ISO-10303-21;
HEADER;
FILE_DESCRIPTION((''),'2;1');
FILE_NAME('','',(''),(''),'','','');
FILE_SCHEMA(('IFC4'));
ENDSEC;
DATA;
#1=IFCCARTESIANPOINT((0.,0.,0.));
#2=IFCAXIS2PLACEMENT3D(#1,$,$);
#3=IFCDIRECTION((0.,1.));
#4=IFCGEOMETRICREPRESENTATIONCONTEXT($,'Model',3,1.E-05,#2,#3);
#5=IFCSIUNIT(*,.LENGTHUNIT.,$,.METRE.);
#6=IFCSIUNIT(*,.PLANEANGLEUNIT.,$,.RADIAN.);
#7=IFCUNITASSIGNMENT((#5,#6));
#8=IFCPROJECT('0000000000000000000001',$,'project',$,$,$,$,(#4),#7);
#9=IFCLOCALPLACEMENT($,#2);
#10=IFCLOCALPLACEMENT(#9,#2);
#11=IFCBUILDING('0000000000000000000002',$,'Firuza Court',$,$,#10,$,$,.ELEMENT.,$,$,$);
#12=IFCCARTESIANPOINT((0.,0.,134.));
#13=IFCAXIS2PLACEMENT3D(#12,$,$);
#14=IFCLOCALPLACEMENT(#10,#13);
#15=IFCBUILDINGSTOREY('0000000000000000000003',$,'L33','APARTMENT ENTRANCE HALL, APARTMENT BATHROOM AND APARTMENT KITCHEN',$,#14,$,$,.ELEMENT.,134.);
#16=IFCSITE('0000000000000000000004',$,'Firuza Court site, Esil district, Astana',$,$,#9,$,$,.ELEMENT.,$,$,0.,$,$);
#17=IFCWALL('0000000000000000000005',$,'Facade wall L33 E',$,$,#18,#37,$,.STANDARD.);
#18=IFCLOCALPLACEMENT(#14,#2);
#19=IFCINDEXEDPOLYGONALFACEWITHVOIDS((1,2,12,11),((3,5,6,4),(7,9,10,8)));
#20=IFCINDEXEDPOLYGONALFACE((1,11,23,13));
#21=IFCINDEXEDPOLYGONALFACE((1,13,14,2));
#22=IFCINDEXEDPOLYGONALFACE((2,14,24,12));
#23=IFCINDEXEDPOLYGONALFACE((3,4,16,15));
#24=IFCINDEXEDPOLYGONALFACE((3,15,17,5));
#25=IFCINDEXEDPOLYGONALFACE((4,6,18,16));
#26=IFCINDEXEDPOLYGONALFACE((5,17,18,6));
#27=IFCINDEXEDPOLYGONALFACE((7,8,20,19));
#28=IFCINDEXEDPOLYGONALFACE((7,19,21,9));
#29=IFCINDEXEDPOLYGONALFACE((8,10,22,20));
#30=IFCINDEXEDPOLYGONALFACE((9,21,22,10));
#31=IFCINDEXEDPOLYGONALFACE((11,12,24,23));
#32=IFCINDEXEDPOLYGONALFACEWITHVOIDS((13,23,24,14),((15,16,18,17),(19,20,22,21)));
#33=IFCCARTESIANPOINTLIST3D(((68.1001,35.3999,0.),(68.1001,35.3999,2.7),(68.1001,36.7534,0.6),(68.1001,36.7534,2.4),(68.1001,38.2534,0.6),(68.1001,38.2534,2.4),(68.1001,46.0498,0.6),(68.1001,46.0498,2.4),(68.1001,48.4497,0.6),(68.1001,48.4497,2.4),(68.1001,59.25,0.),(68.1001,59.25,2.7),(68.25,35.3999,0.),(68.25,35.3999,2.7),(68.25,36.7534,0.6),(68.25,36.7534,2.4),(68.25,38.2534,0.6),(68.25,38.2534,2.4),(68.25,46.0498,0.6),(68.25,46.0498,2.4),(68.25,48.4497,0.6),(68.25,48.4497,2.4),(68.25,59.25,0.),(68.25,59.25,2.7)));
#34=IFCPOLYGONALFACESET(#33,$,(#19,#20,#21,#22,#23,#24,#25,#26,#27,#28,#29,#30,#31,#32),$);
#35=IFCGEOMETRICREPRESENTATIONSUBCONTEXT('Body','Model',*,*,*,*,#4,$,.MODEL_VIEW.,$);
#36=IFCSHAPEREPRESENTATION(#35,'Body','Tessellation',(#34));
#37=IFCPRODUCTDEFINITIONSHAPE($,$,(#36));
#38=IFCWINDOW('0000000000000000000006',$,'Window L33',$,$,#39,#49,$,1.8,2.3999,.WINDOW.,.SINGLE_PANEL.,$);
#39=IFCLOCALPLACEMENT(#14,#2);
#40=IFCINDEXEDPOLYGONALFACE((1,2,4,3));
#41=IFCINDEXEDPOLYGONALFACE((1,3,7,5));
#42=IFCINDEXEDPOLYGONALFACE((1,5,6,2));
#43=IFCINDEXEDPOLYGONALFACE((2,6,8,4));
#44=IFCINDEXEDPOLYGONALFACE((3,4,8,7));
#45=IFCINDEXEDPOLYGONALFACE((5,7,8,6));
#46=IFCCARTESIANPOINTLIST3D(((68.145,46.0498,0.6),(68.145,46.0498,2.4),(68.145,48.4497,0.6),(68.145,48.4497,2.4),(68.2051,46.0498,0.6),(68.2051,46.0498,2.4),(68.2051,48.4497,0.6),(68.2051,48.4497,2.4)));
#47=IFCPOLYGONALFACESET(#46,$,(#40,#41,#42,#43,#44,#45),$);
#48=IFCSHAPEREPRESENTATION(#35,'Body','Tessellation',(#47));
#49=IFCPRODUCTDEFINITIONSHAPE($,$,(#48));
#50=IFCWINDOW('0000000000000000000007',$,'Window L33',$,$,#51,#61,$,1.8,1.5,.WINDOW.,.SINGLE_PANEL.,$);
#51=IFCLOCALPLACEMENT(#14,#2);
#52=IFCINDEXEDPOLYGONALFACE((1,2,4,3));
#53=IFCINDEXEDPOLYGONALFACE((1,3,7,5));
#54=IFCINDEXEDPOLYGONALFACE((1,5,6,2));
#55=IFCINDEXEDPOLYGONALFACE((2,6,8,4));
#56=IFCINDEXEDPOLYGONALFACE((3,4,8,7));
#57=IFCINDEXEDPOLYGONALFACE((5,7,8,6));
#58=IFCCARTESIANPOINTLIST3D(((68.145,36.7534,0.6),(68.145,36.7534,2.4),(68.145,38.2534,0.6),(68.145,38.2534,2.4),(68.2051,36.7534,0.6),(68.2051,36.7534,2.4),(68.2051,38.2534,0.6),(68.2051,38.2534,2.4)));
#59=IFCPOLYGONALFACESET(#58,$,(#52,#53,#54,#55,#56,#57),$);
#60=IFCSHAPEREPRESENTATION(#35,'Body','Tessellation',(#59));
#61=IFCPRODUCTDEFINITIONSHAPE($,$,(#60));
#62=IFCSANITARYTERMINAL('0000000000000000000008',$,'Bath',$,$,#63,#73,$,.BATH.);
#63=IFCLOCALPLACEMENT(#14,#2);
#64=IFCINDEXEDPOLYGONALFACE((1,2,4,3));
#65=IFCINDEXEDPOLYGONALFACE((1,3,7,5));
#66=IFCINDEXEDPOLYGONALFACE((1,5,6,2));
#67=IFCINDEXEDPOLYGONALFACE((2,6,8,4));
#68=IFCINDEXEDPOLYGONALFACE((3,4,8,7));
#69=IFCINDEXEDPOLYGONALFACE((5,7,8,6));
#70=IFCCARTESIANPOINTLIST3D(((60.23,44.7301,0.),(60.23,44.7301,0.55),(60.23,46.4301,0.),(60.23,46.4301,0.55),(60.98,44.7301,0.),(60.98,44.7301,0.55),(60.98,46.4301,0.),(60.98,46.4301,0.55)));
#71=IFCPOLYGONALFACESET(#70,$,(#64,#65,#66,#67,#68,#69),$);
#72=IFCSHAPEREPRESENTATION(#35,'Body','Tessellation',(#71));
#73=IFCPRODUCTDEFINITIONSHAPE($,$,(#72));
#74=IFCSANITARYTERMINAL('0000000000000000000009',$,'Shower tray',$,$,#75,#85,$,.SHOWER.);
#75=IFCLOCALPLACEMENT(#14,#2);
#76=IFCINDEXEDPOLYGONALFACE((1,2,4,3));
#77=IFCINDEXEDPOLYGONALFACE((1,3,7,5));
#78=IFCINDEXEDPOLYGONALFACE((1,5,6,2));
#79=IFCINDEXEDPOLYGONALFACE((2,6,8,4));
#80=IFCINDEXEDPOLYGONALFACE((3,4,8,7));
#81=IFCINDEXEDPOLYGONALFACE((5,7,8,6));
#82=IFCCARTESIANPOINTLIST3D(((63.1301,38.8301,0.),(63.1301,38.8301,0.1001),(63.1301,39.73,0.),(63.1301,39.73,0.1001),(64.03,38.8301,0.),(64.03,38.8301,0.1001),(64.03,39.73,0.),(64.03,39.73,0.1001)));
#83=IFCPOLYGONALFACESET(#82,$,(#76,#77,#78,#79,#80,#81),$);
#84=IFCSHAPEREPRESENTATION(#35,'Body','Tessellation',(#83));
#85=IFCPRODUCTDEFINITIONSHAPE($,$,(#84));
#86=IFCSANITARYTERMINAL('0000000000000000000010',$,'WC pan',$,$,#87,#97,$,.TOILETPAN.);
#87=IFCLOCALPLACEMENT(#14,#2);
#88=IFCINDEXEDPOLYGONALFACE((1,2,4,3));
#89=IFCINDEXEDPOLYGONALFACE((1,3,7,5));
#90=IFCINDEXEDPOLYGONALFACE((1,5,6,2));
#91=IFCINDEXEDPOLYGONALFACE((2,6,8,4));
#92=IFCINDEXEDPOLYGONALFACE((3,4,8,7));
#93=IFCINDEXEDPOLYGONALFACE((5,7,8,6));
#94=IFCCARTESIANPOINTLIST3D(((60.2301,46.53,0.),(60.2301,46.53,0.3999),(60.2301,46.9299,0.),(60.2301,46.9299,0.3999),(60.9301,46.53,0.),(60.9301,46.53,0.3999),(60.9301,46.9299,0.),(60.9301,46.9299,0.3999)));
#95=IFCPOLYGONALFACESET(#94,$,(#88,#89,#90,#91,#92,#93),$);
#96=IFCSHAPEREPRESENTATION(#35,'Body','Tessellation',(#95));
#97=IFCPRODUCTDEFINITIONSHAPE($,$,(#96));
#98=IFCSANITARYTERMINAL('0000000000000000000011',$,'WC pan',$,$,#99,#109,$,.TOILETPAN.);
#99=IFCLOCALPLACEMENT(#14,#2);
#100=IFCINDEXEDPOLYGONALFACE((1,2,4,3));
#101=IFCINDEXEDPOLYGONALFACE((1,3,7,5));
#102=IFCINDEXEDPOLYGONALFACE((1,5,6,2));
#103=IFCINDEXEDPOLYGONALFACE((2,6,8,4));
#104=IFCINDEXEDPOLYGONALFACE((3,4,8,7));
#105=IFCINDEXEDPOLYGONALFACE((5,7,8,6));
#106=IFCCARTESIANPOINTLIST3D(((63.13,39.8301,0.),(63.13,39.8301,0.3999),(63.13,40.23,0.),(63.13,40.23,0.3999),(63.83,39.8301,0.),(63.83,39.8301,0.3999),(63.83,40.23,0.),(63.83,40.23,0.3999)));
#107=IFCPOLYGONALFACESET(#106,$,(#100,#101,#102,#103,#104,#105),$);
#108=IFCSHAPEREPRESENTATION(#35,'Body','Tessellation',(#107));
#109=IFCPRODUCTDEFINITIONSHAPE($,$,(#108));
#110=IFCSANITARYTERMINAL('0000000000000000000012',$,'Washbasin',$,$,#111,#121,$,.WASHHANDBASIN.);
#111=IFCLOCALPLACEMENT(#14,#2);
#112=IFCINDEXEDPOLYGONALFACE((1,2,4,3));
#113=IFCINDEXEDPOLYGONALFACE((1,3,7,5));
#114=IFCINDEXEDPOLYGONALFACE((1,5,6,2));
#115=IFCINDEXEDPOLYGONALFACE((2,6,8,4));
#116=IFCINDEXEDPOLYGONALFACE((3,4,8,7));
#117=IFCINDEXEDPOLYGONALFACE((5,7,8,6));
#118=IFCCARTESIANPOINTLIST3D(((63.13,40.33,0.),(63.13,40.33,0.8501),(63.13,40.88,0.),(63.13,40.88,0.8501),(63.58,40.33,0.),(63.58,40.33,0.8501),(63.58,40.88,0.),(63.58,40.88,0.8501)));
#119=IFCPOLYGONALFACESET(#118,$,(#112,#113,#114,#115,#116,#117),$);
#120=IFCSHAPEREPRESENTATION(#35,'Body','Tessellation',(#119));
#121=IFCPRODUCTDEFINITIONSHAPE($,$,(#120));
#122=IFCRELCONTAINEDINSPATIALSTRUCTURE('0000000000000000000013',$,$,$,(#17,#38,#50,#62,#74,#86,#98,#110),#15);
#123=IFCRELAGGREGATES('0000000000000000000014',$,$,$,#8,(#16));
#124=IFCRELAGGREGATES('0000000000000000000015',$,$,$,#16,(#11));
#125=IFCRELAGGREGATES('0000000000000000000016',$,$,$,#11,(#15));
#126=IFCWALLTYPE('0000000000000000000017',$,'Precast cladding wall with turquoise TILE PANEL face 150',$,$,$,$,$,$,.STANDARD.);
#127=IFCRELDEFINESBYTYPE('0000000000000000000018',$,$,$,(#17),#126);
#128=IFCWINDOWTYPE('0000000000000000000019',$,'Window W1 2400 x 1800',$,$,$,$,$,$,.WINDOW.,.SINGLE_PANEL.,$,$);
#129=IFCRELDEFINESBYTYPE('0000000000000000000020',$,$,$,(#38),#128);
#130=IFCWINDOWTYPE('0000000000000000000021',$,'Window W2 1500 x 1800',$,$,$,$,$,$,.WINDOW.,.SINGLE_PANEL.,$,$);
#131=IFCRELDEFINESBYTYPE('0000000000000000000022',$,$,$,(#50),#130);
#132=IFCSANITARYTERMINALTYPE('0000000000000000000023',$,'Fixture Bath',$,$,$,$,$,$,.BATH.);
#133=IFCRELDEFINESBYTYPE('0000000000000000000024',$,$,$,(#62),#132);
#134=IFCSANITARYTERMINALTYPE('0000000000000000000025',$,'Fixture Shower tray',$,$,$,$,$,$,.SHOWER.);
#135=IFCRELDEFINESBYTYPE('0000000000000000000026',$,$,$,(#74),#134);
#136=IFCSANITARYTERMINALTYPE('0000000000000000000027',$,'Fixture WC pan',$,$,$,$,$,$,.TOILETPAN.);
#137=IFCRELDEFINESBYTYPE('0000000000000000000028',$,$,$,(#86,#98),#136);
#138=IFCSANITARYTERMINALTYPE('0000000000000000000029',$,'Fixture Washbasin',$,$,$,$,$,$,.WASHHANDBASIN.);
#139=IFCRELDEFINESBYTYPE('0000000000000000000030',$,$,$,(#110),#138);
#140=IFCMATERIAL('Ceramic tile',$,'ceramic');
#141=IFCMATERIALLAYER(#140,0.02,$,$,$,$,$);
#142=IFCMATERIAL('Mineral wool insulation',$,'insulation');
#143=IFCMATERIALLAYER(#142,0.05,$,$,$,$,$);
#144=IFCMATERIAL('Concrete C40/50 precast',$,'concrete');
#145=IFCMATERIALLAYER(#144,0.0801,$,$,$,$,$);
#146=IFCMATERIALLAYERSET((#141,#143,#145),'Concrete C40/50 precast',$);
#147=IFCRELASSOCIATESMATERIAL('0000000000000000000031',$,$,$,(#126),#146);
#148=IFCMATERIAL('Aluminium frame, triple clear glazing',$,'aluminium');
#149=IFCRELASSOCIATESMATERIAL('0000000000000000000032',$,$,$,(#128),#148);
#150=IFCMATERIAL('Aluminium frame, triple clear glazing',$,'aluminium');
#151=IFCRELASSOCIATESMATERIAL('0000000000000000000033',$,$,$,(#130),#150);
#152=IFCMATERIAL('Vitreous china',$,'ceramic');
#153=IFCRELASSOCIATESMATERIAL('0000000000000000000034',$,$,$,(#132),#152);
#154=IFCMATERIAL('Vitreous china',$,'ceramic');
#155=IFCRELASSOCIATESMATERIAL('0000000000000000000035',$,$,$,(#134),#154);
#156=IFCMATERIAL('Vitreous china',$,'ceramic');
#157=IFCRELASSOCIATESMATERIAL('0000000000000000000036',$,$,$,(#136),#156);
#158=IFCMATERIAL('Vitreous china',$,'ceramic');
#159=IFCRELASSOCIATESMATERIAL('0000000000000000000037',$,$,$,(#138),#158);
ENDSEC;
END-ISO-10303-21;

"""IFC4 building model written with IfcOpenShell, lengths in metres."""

from ifc_helpers import new_model, si_unit, direction, frame, frame_2d, origin, origin_2d, place, context, subcontext, project, spatial, rectangle, extrude, material, layer, layer_set, type_object, element, fill, save


model = new_model("IFC4")

# Units and contexts
model_context = context("Model", 3, precision=1e-05, world=origin(), true_north=direction((0.0, 1.0)))
body_context = subcontext(model_context, "Body", "Model", "MODEL_VIEW")
ifc_project = project(units=[si_unit("LENGTHUNIT", "METRE"), si_unit("PLANEANGLEUNIT", "RADIAN")], contexts=[model_context])

# Site, building, storey
site_placement = place(None, origin())
site = spatial("IfcSite", under=ifc_project, at=site_placement, Name="Firuza Court site, Esil district, Astana", CompositionType="ELEMENT", RefElevation=0.0)
building_placement = place(site_placement, origin())
building = spatial("IfcBuilding", under=site, at=building_placement, Name="Firuza Court", CompositionType="ELEMENT")
storey_placement = place(building_placement, frame((0.0, 0.0, 134.0)))
storey = spatial("IfcBuildingStorey", under=building, at=storey_placement, Name="L33", Description="APARTMENT ENTRANCE HALL, APARTMENT BATHROOM AND APARTMENT KITCHEN", CompositionType="ELEMENT", Elevation=134.0)

# Wall, openings, windows
ifc_material_1 = material(Name="Ceramic tile", Category="ceramic")
ifc_layer_1 = layer(ifc_material_1, 0.02)
ifc_material_2 = material(Name="Mineral wool insulation", Category="insulation")
ifc_layer_2 = layer(ifc_material_2, 0.05)
ifc_material_3 = material(Name="Concrete C40/50 precast", Category="concrete")
ifc_layer_3 = layer(ifc_material_3, 0.0801)
ifc_layer_set_1 = layer_set([ifc_layer_1, ifc_layer_2, ifc_layer_3], Name="Concrete C40/50 precast")
wall_type_1 = type_object("IfcWallType", Name="Precast cladding wall with turquoise TILE PANEL face 150", PredefinedType="STANDARD", material=ifc_layer_set_1)
wall_1_placement = place(storey_placement, frame((68.175, 35.3999, 0.0), z_axis=(0.0, 0.0, 1.0), x_axis=(0.0, 1.0, 0.0)))
wall_1 = element("IfcWall", 1, at=wall_1_placement, inside=storey, type_object=wall_type_1, Name="Facade wall L33 E", PredefinedType="STANDARD", context=body_context, shape_type="SweptSolid", body=[
    extrude(rectangle(XDim=23.8501, YDim=0.1499, at=frame_2d((11.925, 0.0))), origin(), (0.0, 0.0, 1.0), 2.7),
])
opening_1_placement = place(wall_1_placement, frame((1.3535, 0.0, 0.6001)))
opening_1 = element("IfcOpeningElement", 2, at=opening_1_placement, cuts=wall_1, PredefinedType="OPENING", context=body_context, shape_type="SweptSolid", body=[
    extrude(rectangle(XDim=1.5, YDim=1.8, at=frame_2d((0.75, 0.8999))), frame((0.0, 0.0869, 0.0), z_axis=(0.0, -1.0, 0.0), x_axis=(1.0, 0.0, 0.0)), (0.0, 0.0, 1.0), 0.1738),
])
opening_2_placement = place(wall_1_placement, frame((10.6499, 0.0, 0.6001)))
opening_2 = element("IfcOpeningElement", 3, at=opening_2_placement, cuts=wall_1, PredefinedType="OPENING", context=body_context, shape_type="SweptSolid", body=[
    extrude(rectangle(XDim=2.3999, YDim=1.8, at=frame_2d((1.2, 0.8999))), frame((0.0, 0.0869, 0.0), z_axis=(0.0, -1.0, 0.0), x_axis=(1.0, 0.0, 0.0)), (0.0, 0.0, 1.0), 0.1738),
])
ifc_material_4 = material(Name="Aluminium frame, triple clear glazing", Category="aluminium")
window_type_1 = type_object("IfcWindowType", Name="Window W1 2400 x 1800", PartitioningType="SINGLE_PANEL", PredefinedType="WINDOW", material=ifc_material_4)
window_1_placement = place(opening_2_placement, origin())
window_1 = element("IfcWindow", 4, at=window_1_placement, inside=storey, type_object=window_type_1, Name="Window L33", OverallHeight=1.8, OverallWidth=2.3999, PartitioningType="SINGLE_PANEL", PredefinedType="WINDOW", context=body_context, shape_type="SweptSolid", body=[
    extrude(rectangle(XDim=2.3999, YDim=1.8, at=frame_2d((1.2, 0.8999))), frame((0.0, 0.03, 0.0), z_axis=(0.0, -1.0, 0.0), x_axis=(1.0, 0.0, 0.0)), (0.0, 0.0, 1.0), 0.0601),
])
fill(opening_2, window_1)
ifc_material_5 = material(Name="Aluminium frame, triple clear glazing", Category="aluminium")
window_type_2 = type_object("IfcWindowType", Name="Window W2 1500 x 1800", PartitioningType="SINGLE_PANEL", PredefinedType="WINDOW", material=ifc_material_5)
window_2_placement = place(opening_1_placement, origin())
window_2 = element("IfcWindow", 5, at=window_2_placement, inside=storey, type_object=window_type_2, Name="Window L33", OverallHeight=1.8, OverallWidth=1.5, PartitioningType="SINGLE_PANEL", PredefinedType="WINDOW", context=body_context, shape_type="SweptSolid", body=[
    extrude(rectangle(XDim=1.5, YDim=1.8, at=frame_2d((0.75, 0.8999))), frame((0.0, 0.03, 0.0), z_axis=(0.0, -1.0, 0.0), x_axis=(1.0, 0.0, 0.0)), (0.0, 0.0, 1.0), 0.0601),
])
fill(opening_1, window_2)

# Sanitary terminals
ifc_material_6 = material(Name="Vitreous china", Category="ceramic")
sanitary_terminal_type_1 = type_object("IfcSanitaryTerminalType", Name="Fixture Bath", PredefinedType="BATH", material=ifc_material_6)
sanitary_terminal_1_placement = place(storey_placement, frame((60.605, 45.5801, 0.0), z_axis=(0.0, 0.0, 1.0), x_axis=(1.0, 0.0, 0.0)))
element("IfcSanitaryTerminal", 6, at=sanitary_terminal_1_placement, inside=storey, type_object=sanitary_terminal_type_1, Name="Bath", PredefinedType="BATH", context=body_context, shape_type="SweptSolid", body=[
    extrude(rectangle(XDim=0.75, YDim=1.7, at=origin_2d()), origin(), (0.0, 0.0, 1.0), 0.55),
])
ifc_material_7 = material(Name="Vitreous china", Category="ceramic")
sanitary_terminal_type_2 = type_object("IfcSanitaryTerminalType", Name="Fixture Shower tray", PredefinedType="SHOWER", material=ifc_material_7)
sanitary_terminal_2_placement = place(storey_placement, frame((63.5801, 39.28, 0.0), z_axis=(0.0, 0.0, 1.0), x_axis=(1.0, 0.0, 0.0)))
element("IfcSanitaryTerminal", 7, at=sanitary_terminal_2_placement, inside=storey, type_object=sanitary_terminal_type_2, Name="Shower tray", PredefinedType="SHOWER", context=body_context, shape_type="SweptSolid", body=[
    extrude(rectangle(XDim=0.8999, YDim=0.8999, at=origin_2d()), origin(), (0.0, 0.0, 1.0), 0.1001),
])
ifc_material_8 = material(Name="Vitreous china", Category="ceramic")
sanitary_terminal_type_3 = type_object("IfcSanitaryTerminalType", Name="Fixture WC pan", PredefinedType="TOILETPAN", material=ifc_material_8)
for number, where, z_axis, x_axis, name in (
    (8, (60.5801, 46.73, 0.0), (0.0, 0.0, 1.0), (1.0, 0.0, 0.0), "WC pan"),
    (9, (63.48, 40.03, 0.0), (0.0, 0.0, 1.0), (1.0, 0.0, 0.0), "WC pan"),
):
    element("IfcSanitaryTerminal", number, at=place(storey_placement, frame(where, z_axis=z_axis, x_axis=x_axis)), inside=storey, type_object=sanitary_terminal_type_3, Name=name, PredefinedType="TOILETPAN", context=body_context, shape_type="SweptSolid", body=[
        extrude(rectangle(XDim=0.7, YDim=0.3999, at=origin_2d()), origin(), (0.0, 0.0, 1.0), 0.3999),
    ])
ifc_material_9 = material(Name="Vitreous china", Category="ceramic")
sanitary_terminal_type_4 = type_object("IfcSanitaryTerminalType", Name="Fixture Washbasin", PredefinedType="WASHHANDBASIN", material=ifc_material_9)
sanitary_terminal_3_placement = place(storey_placement, frame((63.355, 40.605, 0.0), z_axis=(0.0, 0.0, 1.0), x_axis=(1.0, 0.0, 0.0)))
element("IfcSanitaryTerminal", 10, at=sanitary_terminal_3_placement, inside=storey, type_object=sanitary_terminal_type_4, Name="Washbasin", PredefinedType="WASHHANDBASIN", context=body_context, shape_type="SweptSolid", body=[
    extrude(rectangle(XDim=0.45, YDim=0.55, at=origin_2d()), origin(), (0.0, 0.0, 1.0), 0.8501),
])

save(model, "model.ifc")
